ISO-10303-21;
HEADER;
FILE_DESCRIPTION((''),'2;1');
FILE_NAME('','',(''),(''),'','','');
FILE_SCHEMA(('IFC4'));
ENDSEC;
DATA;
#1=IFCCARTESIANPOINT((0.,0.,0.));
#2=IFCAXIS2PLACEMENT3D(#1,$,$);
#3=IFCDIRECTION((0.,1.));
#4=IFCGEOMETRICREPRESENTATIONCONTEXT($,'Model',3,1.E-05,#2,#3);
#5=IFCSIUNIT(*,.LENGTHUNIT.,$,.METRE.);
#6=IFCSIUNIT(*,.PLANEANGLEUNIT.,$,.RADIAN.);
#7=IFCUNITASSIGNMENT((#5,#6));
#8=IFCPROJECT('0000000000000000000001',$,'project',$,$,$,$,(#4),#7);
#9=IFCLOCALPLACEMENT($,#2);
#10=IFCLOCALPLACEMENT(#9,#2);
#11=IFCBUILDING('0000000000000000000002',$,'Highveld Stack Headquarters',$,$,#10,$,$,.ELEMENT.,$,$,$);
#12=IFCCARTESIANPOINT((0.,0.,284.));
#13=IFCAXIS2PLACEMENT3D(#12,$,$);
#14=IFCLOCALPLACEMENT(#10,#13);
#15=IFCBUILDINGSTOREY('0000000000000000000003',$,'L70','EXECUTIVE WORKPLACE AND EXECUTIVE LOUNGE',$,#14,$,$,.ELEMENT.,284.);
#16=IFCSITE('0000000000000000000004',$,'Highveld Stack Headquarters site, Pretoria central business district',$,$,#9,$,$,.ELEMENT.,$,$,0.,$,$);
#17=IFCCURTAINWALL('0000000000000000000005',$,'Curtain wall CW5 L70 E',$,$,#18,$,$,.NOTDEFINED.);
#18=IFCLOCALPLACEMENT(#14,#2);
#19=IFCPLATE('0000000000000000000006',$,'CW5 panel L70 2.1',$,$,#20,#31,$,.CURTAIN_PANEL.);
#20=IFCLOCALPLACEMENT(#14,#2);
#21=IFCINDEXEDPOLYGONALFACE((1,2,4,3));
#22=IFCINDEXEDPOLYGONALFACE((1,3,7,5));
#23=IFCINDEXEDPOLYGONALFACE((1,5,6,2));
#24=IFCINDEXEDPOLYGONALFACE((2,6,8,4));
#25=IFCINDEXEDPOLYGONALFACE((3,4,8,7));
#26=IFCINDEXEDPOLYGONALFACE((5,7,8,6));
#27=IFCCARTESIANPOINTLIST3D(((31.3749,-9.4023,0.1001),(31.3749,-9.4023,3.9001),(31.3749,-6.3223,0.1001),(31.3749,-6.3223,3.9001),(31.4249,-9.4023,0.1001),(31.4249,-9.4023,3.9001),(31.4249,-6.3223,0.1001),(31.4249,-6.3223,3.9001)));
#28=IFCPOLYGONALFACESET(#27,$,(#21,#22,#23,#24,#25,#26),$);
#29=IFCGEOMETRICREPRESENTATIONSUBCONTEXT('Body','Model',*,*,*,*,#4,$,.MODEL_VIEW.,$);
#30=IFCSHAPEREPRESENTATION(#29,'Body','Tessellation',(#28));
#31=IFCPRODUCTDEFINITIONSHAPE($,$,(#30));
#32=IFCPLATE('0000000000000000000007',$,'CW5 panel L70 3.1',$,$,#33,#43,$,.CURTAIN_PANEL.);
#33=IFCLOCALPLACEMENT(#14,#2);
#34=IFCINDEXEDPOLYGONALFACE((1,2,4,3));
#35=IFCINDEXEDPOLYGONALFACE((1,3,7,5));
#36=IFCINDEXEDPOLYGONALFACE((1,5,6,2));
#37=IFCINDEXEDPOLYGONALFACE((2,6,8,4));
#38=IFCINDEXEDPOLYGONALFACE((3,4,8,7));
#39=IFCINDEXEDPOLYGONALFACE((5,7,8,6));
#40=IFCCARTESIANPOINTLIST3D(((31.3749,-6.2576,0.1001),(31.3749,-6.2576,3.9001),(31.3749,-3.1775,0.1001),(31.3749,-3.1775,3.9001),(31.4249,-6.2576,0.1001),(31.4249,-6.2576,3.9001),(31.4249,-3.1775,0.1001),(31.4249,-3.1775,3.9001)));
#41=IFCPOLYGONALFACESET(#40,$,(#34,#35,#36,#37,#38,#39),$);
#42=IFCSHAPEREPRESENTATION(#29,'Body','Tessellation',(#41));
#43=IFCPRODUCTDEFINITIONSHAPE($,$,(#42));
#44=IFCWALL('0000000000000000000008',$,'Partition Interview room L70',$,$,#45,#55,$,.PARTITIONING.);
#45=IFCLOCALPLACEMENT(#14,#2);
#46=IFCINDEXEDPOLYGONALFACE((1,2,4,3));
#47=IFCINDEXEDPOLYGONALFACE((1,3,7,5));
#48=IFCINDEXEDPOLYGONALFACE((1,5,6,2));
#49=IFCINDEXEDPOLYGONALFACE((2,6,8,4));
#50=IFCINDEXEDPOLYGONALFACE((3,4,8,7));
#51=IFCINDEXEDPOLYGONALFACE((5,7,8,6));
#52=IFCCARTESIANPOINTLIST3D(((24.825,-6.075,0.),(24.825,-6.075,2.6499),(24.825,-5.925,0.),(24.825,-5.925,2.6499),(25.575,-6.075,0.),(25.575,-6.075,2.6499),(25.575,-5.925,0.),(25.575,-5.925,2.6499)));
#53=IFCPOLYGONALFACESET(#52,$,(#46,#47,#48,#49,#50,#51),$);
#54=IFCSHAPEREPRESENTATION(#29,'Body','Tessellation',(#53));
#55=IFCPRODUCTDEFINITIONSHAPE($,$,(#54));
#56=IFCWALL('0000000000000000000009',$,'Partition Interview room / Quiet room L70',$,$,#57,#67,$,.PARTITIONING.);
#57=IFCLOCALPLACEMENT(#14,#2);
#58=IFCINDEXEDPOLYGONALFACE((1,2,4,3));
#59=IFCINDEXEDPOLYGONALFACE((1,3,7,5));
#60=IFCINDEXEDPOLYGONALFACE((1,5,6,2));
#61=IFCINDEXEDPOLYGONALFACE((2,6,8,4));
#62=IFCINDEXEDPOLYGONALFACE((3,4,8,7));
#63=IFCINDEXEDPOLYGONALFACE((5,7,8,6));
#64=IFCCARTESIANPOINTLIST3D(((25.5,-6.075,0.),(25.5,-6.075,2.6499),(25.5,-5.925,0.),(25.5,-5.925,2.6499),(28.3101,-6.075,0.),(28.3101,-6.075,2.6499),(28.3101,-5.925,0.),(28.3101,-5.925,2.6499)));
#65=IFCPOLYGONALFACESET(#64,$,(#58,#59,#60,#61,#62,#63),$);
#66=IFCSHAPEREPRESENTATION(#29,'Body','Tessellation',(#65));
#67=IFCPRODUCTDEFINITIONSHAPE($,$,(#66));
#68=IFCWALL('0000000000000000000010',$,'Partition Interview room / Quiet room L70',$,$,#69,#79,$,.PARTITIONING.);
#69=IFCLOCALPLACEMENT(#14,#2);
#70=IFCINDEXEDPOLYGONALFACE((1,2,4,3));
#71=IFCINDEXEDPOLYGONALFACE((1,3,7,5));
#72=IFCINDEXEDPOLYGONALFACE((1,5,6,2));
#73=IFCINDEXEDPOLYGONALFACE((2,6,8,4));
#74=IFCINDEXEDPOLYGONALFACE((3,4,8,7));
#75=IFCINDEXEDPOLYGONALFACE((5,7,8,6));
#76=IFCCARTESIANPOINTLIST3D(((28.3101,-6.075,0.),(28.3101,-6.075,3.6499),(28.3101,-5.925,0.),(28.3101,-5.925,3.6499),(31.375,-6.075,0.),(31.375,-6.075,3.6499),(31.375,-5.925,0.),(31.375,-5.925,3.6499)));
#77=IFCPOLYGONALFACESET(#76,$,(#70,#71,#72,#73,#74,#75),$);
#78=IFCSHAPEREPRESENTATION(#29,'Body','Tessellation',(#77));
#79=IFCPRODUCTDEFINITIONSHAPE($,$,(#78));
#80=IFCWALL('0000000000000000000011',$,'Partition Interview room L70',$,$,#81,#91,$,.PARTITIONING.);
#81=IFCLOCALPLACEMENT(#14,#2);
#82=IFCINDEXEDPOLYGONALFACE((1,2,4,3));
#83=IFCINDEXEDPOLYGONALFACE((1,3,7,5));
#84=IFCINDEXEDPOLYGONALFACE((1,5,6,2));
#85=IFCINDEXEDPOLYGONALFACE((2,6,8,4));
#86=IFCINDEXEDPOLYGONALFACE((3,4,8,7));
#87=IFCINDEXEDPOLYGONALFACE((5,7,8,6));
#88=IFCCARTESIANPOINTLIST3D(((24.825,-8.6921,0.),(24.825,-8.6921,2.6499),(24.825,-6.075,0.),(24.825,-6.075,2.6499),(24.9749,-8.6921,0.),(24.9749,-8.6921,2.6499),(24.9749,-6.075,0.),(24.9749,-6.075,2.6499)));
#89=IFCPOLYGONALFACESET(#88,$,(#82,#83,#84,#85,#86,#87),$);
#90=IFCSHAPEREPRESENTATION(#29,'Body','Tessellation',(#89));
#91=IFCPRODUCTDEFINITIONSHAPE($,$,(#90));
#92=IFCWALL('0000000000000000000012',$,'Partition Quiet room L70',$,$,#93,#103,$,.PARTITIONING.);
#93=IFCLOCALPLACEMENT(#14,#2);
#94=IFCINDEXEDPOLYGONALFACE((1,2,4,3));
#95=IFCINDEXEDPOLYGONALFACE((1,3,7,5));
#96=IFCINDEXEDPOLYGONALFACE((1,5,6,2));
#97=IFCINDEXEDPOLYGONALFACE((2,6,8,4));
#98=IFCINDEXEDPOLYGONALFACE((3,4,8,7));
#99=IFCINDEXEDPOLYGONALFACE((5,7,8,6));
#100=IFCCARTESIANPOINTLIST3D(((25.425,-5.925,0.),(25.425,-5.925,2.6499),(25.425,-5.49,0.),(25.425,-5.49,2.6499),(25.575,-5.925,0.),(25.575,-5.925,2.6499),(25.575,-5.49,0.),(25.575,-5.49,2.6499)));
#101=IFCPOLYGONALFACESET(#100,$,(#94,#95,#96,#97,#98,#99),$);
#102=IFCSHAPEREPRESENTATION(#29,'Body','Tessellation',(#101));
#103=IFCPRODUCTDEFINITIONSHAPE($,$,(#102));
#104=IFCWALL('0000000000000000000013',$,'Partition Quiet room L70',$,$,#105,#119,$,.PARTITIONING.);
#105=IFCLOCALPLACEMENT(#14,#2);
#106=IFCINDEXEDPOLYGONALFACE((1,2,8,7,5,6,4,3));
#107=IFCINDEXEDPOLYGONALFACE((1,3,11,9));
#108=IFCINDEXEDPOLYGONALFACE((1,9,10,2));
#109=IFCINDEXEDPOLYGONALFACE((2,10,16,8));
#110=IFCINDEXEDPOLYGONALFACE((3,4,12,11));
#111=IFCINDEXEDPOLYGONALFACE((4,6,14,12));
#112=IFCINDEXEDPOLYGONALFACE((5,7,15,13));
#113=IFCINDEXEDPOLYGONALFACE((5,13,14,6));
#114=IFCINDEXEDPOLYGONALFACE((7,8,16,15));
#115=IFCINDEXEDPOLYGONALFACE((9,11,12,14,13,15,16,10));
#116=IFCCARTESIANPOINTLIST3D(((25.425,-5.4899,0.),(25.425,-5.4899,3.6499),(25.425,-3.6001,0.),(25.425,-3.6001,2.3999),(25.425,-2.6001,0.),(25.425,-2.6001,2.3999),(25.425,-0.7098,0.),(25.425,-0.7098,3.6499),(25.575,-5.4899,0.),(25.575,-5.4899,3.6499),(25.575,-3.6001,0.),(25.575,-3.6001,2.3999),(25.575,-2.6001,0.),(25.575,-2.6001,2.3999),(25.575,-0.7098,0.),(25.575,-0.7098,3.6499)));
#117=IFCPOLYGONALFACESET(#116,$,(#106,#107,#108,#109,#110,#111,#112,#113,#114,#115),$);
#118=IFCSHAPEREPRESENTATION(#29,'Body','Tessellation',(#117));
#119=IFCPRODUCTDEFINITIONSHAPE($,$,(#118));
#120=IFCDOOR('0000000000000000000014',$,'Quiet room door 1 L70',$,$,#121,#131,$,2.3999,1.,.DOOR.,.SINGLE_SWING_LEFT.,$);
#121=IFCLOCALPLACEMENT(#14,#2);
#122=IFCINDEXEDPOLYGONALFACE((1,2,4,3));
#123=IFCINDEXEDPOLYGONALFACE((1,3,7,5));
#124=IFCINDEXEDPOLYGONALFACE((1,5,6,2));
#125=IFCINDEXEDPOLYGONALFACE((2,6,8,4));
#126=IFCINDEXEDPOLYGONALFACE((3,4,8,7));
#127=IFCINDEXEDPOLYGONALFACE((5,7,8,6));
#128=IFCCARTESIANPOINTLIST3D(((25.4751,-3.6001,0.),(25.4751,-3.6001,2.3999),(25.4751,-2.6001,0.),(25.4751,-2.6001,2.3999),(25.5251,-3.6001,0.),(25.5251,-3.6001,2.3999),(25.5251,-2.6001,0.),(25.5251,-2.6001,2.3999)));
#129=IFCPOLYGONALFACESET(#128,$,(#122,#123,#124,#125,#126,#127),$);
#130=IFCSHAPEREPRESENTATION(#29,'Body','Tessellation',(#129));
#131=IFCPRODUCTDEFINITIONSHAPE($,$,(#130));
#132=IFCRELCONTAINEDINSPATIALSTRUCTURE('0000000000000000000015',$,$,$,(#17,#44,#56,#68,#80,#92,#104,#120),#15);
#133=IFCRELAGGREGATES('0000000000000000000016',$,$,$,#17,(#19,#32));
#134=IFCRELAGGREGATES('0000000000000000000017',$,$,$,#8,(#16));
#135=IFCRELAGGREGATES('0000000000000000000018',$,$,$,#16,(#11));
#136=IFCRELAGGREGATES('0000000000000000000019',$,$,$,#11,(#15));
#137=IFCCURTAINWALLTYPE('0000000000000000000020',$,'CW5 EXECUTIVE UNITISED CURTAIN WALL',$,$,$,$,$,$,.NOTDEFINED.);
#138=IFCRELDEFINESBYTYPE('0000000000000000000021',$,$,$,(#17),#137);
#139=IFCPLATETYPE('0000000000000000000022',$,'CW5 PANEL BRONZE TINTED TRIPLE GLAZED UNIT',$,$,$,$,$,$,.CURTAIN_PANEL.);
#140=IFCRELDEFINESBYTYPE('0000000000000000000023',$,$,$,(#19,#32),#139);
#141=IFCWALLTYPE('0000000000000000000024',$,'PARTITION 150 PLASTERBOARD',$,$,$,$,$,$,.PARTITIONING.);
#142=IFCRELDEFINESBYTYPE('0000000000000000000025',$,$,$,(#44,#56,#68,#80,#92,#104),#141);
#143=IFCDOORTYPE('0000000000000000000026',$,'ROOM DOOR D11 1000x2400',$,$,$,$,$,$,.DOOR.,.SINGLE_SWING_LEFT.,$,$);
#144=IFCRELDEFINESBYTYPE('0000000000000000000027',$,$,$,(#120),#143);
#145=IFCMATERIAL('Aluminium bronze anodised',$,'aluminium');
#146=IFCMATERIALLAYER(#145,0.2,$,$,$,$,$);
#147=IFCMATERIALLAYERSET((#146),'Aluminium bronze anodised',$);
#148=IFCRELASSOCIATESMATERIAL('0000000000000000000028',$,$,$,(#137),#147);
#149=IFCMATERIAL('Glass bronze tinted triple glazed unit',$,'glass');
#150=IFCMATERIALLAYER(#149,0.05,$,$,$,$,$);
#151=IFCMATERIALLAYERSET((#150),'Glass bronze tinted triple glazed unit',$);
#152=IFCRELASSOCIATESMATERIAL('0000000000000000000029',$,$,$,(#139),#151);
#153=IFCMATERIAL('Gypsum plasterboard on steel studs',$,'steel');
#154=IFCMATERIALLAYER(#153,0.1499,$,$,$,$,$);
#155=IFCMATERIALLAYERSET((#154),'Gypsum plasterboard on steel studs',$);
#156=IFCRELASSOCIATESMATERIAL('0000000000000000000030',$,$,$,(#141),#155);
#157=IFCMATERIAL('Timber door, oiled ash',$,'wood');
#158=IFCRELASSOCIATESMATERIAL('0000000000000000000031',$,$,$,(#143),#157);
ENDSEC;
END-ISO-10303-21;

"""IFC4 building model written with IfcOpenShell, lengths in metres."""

from ifc_helpers import new_model, si_unit, direction, frame, frame_2d, origin, origin_2d, place, context, subcontext, project, spatial, rectangle, extrude, material, layer, layer_set, type_object, element, fill, aggregate, save


model = new_model("IFC4")

# Units and contexts
model_context = context("Model", 3, precision=1e-05, world=origin(), true_north=direction((0.0, 1.0)))
body_context = subcontext(model_context, "Body", "Model", "MODEL_VIEW")
ifc_project = project(units=[si_unit("LENGTHUNIT", "METRE"), si_unit("PLANEANGLEUNIT", "RADIAN")], contexts=[model_context])

# Site, building, storey
site_placement = place(None, origin())
site = spatial("IfcSite", under=ifc_project, at=site_placement, Name="Highveld Stack Headquarters site, Pretoria central business district", CompositionType="ELEMENT", RefElevation=0.0)
building_placement = place(site_placement, origin())
building = spatial("IfcBuilding", under=site, at=building_placement, Name="Highveld Stack Headquarters", CompositionType="ELEMENT")
storey_placement = place(building_placement, frame((0.0, 0.0, 284.0)))
storey = spatial("IfcBuildingStorey", under=building, at=storey_placement, Name="L70", Description="EXECUTIVE WORKPLACE AND EXECUTIVE LOUNGE", CompositionType="ELEMENT", Elevation=284.0)

# Curtain wall
ifc_material_1 = material(Name="Aluminium bronze anodised", Category="aluminium")
ifc_layer_1 = layer(ifc_material_1, 0.2)
ifc_layer_set_1 = layer_set([ifc_layer_1], Name="Aluminium bronze anodised")
curtain_wall_type = type_object("IfcCurtainWallType", Name="CW5 EXECUTIVE UNITISED CURTAIN WALL", PredefinedType="NOTDEFINED", material=ifc_layer_set_1)
curtain_wall_placement = place(storey_placement, origin())
curtain_wall = element("IfcCurtainWall", 1, at=curtain_wall_placement, inside=storey, type_object=curtain_wall_type, Name="Curtain wall CW5 L70 E", PredefinedType="NOTDEFINED")

# Plates
ifc_material_2 = material(Name="Glass bronze tinted triple glazed unit", Category="glass")
ifc_layer_2 = layer(ifc_material_2, 0.05)
ifc_layer_set_2 = layer_set([ifc_layer_2], Name="Glass bronze tinted triple glazed unit")
plate_type = type_object("IfcPlateType", Name="CW5 PANEL BRONZE TINTED TRIPLE GLAZED UNIT", PredefinedType="CURTAIN_PANEL", material=ifc_layer_set_2)
plate_1_placement = place(storey_placement, frame((31.3999, -7.8623, 0.1001), z_axis=(0.0, 0.0, 1.0), x_axis=(0.0, 1.0, 0.0)))
plate_1 = element("IfcPlate", 2, at=plate_1_placement, type_object=plate_type, Name="CW5 panel L70 2.1", PredefinedType="CURTAIN_PANEL", context=body_context, shape_type="SweptSolid", body=[
    extrude(rectangle(XDim=3.0801, YDim=0.05, at=origin_2d()), origin(), (0.0, 0.0, 1.0), 3.8),
])
plate_2_placement = place(storey_placement, frame((31.3999, -4.7175, 0.1001), z_axis=(0.0, 0.0, 1.0), x_axis=(0.0, 1.0, 0.0)))
plate_2 = element("IfcPlate", 3, at=plate_2_placement, type_object=plate_type, Name="CW5 panel L70 3.1", PredefinedType="CURTAIN_PANEL", context=body_context, shape_type="SweptSolid", body=[
    extrude(rectangle(XDim=3.0801, YDim=0.05, at=origin_2d()), origin(), (0.0, 0.0, 1.0), 3.8),
])
aggregate(curtain_wall, [plate_1, plate_2])

# Walls
ifc_material_3 = material(Name="Gypsum plasterboard on steel studs", Category="steel")
ifc_layer_3 = layer(ifc_material_3, 0.1499)
ifc_layer_set_3 = layer_set([ifc_layer_3], Name="Gypsum plasterboard on steel studs")
wall_type = type_object("IfcWallType", Name="PARTITION 150 PLASTERBOARD", PredefinedType="PARTITIONING", material=ifc_layer_set_3)
wall_1_placement = place(storey_placement, frame((24.825, -6.0, 0.0), z_axis=(0.0, 0.0, 1.0), x_axis=(1.0, 0.0, 0.0)))
element("IfcWall", 4, at=wall_1_placement, inside=storey, type_object=wall_type, Name="Partition Interview room L70", PredefinedType="PARTITIONING", context=body_context, shape_type="SweptSolid", body=[
    extrude(rectangle(XDim=0.75, YDim=0.1499, at=frame_2d((0.375, 0.0))), origin(), (0.0, 0.0, 1.0), 2.6499),
])
wall_2_placement = place(storey_placement, frame((25.5, -6.0, 0.0), z_axis=(0.0, 0.0, 1.0), x_axis=(1.0, 0.0, 0.0)))
element("IfcWall", 5, at=wall_2_placement, inside=storey, type_object=wall_type, Name="Partition Interview room / Quiet room L70", PredefinedType="PARTITIONING", context=body_context, shape_type="SweptSolid", body=[
    extrude(rectangle(XDim=2.8101, YDim=0.1499, at=frame_2d((1.405, 0.0))), origin(), (0.0, 0.0, 1.0), 2.6499),
])
wall_3_placement = place(storey_placement, frame((28.3101, -6.0, 0.0), z_axis=(0.0, 0.0, 1.0), x_axis=(1.0, 0.0, 0.0)))
element("IfcWall", 6, at=wall_3_placement, inside=storey, type_object=wall_type, Name="Partition Interview room / Quiet room L70", PredefinedType="PARTITIONING", context=body_context, shape_type="SweptSolid", body=[
    extrude(rectangle(XDim=3.0649, YDim=0.1499, at=frame_2d((1.5325, 0.0))), origin(), (0.0, 0.0, 1.0), 3.6499),
])

# Shared definitions
ifc_material_4 = material(Name="Timber door, oiled ash", Category="wood")
door_type = type_object("IfcDoorType", Name="ROOM DOOR D11 1000x2400", OperationType="SINGLE_SWING_LEFT", PredefinedType="DOOR", material=ifc_material_4)

# Walls
wall_4_placement = place(storey_placement, frame((24.8999, -8.6921, 0.0), z_axis=(0.0, 0.0, 1.0), x_axis=(0.0, 1.0, 0.0)))
element("IfcWall", 7, at=wall_4_placement, inside=storey, type_object=wall_type, Name="Partition Interview room L70", PredefinedType="PARTITIONING", context=body_context, shape_type="SweptSolid", body=[
    extrude(rectangle(XDim=2.6172, YDim=0.1499, at=frame_2d((1.3086, 0.0))), origin(), (0.0, 0.0, 1.0), 2.6499),
])
wall_5_placement = place(storey_placement, frame((25.5, -5.925, 0.0), z_axis=(0.0, 0.0, 1.0), x_axis=(0.0, 1.0, 0.0)))
element("IfcWall", 8, at=wall_5_placement, inside=storey, type_object=wall_type, Name="Partition Quiet room L70", PredefinedType="PARTITIONING", context=body_context, shape_type="SweptSolid", body=[
    extrude(rectangle(XDim=0.4351, YDim=0.1499, at=frame_2d((0.2175, 0.0))), origin(), (0.0, 0.0, 1.0), 2.6499),
])

# Wall, opening, door
wall_6_placement = place(storey_placement, frame((25.5, -5.49, 0.0), z_axis=(0.0, 0.0, 1.0), x_axis=(0.0, 1.0, 0.0)))
wall_6 = element("IfcWall", 9, at=wall_6_placement, inside=storey, type_object=wall_type, Name="Partition Quiet room L70", PredefinedType="PARTITIONING", context=body_context, shape_type="SweptSolid", body=[
    extrude(rectangle(XDim=4.78, YDim=0.1499, at=frame_2d((2.3901, 0.0))), origin(), (0.0, 0.0, 1.0), 3.6499),
])
opening_1_placement = place(wall_6_placement, frame((1.8899, 0.0, 0.0)))
opening_1 = element("IfcOpeningElement", 10, at=opening_1_placement, cuts=wall_6, PredefinedType="OPENING", context=body_context, shape_type="SweptSolid", body=[
    extrude(rectangle(XDim=1.0, YDim=2.3999, at=frame_2d((0.5, 1.2))), frame((0.0, 0.085, 0.0), z_axis=(0.0, -1.0, 0.0), x_axis=(1.0, 0.0, 0.0)), (0.0, 0.0, 1.0), 0.1699),
])
door_1_placement = place(opening_1_placement, origin())
door_1 = element("IfcDoor", 11, at=door_1_placement, inside=storey, type_object=door_type, Name="Quiet room door 1 L70", OperationType="SINGLE_SWING_LEFT", OverallHeight=2.3999, OverallWidth=1.0, PredefinedType="DOOR", context=body_context, shape_type="SweptSolid", body=[
    extrude(rectangle(XDim=1.0, YDim=2.3999, at=frame_2d((0.5, 1.2))), frame((0.0, 0.0249, 0.0), z_axis=(0.0, -1.0, 0.0), x_axis=(1.0, 0.0, 0.0)), (0.0, 0.0, 1.0), 0.05),
])
fill(opening_1, door_1)

save(model, "model.ifc")
